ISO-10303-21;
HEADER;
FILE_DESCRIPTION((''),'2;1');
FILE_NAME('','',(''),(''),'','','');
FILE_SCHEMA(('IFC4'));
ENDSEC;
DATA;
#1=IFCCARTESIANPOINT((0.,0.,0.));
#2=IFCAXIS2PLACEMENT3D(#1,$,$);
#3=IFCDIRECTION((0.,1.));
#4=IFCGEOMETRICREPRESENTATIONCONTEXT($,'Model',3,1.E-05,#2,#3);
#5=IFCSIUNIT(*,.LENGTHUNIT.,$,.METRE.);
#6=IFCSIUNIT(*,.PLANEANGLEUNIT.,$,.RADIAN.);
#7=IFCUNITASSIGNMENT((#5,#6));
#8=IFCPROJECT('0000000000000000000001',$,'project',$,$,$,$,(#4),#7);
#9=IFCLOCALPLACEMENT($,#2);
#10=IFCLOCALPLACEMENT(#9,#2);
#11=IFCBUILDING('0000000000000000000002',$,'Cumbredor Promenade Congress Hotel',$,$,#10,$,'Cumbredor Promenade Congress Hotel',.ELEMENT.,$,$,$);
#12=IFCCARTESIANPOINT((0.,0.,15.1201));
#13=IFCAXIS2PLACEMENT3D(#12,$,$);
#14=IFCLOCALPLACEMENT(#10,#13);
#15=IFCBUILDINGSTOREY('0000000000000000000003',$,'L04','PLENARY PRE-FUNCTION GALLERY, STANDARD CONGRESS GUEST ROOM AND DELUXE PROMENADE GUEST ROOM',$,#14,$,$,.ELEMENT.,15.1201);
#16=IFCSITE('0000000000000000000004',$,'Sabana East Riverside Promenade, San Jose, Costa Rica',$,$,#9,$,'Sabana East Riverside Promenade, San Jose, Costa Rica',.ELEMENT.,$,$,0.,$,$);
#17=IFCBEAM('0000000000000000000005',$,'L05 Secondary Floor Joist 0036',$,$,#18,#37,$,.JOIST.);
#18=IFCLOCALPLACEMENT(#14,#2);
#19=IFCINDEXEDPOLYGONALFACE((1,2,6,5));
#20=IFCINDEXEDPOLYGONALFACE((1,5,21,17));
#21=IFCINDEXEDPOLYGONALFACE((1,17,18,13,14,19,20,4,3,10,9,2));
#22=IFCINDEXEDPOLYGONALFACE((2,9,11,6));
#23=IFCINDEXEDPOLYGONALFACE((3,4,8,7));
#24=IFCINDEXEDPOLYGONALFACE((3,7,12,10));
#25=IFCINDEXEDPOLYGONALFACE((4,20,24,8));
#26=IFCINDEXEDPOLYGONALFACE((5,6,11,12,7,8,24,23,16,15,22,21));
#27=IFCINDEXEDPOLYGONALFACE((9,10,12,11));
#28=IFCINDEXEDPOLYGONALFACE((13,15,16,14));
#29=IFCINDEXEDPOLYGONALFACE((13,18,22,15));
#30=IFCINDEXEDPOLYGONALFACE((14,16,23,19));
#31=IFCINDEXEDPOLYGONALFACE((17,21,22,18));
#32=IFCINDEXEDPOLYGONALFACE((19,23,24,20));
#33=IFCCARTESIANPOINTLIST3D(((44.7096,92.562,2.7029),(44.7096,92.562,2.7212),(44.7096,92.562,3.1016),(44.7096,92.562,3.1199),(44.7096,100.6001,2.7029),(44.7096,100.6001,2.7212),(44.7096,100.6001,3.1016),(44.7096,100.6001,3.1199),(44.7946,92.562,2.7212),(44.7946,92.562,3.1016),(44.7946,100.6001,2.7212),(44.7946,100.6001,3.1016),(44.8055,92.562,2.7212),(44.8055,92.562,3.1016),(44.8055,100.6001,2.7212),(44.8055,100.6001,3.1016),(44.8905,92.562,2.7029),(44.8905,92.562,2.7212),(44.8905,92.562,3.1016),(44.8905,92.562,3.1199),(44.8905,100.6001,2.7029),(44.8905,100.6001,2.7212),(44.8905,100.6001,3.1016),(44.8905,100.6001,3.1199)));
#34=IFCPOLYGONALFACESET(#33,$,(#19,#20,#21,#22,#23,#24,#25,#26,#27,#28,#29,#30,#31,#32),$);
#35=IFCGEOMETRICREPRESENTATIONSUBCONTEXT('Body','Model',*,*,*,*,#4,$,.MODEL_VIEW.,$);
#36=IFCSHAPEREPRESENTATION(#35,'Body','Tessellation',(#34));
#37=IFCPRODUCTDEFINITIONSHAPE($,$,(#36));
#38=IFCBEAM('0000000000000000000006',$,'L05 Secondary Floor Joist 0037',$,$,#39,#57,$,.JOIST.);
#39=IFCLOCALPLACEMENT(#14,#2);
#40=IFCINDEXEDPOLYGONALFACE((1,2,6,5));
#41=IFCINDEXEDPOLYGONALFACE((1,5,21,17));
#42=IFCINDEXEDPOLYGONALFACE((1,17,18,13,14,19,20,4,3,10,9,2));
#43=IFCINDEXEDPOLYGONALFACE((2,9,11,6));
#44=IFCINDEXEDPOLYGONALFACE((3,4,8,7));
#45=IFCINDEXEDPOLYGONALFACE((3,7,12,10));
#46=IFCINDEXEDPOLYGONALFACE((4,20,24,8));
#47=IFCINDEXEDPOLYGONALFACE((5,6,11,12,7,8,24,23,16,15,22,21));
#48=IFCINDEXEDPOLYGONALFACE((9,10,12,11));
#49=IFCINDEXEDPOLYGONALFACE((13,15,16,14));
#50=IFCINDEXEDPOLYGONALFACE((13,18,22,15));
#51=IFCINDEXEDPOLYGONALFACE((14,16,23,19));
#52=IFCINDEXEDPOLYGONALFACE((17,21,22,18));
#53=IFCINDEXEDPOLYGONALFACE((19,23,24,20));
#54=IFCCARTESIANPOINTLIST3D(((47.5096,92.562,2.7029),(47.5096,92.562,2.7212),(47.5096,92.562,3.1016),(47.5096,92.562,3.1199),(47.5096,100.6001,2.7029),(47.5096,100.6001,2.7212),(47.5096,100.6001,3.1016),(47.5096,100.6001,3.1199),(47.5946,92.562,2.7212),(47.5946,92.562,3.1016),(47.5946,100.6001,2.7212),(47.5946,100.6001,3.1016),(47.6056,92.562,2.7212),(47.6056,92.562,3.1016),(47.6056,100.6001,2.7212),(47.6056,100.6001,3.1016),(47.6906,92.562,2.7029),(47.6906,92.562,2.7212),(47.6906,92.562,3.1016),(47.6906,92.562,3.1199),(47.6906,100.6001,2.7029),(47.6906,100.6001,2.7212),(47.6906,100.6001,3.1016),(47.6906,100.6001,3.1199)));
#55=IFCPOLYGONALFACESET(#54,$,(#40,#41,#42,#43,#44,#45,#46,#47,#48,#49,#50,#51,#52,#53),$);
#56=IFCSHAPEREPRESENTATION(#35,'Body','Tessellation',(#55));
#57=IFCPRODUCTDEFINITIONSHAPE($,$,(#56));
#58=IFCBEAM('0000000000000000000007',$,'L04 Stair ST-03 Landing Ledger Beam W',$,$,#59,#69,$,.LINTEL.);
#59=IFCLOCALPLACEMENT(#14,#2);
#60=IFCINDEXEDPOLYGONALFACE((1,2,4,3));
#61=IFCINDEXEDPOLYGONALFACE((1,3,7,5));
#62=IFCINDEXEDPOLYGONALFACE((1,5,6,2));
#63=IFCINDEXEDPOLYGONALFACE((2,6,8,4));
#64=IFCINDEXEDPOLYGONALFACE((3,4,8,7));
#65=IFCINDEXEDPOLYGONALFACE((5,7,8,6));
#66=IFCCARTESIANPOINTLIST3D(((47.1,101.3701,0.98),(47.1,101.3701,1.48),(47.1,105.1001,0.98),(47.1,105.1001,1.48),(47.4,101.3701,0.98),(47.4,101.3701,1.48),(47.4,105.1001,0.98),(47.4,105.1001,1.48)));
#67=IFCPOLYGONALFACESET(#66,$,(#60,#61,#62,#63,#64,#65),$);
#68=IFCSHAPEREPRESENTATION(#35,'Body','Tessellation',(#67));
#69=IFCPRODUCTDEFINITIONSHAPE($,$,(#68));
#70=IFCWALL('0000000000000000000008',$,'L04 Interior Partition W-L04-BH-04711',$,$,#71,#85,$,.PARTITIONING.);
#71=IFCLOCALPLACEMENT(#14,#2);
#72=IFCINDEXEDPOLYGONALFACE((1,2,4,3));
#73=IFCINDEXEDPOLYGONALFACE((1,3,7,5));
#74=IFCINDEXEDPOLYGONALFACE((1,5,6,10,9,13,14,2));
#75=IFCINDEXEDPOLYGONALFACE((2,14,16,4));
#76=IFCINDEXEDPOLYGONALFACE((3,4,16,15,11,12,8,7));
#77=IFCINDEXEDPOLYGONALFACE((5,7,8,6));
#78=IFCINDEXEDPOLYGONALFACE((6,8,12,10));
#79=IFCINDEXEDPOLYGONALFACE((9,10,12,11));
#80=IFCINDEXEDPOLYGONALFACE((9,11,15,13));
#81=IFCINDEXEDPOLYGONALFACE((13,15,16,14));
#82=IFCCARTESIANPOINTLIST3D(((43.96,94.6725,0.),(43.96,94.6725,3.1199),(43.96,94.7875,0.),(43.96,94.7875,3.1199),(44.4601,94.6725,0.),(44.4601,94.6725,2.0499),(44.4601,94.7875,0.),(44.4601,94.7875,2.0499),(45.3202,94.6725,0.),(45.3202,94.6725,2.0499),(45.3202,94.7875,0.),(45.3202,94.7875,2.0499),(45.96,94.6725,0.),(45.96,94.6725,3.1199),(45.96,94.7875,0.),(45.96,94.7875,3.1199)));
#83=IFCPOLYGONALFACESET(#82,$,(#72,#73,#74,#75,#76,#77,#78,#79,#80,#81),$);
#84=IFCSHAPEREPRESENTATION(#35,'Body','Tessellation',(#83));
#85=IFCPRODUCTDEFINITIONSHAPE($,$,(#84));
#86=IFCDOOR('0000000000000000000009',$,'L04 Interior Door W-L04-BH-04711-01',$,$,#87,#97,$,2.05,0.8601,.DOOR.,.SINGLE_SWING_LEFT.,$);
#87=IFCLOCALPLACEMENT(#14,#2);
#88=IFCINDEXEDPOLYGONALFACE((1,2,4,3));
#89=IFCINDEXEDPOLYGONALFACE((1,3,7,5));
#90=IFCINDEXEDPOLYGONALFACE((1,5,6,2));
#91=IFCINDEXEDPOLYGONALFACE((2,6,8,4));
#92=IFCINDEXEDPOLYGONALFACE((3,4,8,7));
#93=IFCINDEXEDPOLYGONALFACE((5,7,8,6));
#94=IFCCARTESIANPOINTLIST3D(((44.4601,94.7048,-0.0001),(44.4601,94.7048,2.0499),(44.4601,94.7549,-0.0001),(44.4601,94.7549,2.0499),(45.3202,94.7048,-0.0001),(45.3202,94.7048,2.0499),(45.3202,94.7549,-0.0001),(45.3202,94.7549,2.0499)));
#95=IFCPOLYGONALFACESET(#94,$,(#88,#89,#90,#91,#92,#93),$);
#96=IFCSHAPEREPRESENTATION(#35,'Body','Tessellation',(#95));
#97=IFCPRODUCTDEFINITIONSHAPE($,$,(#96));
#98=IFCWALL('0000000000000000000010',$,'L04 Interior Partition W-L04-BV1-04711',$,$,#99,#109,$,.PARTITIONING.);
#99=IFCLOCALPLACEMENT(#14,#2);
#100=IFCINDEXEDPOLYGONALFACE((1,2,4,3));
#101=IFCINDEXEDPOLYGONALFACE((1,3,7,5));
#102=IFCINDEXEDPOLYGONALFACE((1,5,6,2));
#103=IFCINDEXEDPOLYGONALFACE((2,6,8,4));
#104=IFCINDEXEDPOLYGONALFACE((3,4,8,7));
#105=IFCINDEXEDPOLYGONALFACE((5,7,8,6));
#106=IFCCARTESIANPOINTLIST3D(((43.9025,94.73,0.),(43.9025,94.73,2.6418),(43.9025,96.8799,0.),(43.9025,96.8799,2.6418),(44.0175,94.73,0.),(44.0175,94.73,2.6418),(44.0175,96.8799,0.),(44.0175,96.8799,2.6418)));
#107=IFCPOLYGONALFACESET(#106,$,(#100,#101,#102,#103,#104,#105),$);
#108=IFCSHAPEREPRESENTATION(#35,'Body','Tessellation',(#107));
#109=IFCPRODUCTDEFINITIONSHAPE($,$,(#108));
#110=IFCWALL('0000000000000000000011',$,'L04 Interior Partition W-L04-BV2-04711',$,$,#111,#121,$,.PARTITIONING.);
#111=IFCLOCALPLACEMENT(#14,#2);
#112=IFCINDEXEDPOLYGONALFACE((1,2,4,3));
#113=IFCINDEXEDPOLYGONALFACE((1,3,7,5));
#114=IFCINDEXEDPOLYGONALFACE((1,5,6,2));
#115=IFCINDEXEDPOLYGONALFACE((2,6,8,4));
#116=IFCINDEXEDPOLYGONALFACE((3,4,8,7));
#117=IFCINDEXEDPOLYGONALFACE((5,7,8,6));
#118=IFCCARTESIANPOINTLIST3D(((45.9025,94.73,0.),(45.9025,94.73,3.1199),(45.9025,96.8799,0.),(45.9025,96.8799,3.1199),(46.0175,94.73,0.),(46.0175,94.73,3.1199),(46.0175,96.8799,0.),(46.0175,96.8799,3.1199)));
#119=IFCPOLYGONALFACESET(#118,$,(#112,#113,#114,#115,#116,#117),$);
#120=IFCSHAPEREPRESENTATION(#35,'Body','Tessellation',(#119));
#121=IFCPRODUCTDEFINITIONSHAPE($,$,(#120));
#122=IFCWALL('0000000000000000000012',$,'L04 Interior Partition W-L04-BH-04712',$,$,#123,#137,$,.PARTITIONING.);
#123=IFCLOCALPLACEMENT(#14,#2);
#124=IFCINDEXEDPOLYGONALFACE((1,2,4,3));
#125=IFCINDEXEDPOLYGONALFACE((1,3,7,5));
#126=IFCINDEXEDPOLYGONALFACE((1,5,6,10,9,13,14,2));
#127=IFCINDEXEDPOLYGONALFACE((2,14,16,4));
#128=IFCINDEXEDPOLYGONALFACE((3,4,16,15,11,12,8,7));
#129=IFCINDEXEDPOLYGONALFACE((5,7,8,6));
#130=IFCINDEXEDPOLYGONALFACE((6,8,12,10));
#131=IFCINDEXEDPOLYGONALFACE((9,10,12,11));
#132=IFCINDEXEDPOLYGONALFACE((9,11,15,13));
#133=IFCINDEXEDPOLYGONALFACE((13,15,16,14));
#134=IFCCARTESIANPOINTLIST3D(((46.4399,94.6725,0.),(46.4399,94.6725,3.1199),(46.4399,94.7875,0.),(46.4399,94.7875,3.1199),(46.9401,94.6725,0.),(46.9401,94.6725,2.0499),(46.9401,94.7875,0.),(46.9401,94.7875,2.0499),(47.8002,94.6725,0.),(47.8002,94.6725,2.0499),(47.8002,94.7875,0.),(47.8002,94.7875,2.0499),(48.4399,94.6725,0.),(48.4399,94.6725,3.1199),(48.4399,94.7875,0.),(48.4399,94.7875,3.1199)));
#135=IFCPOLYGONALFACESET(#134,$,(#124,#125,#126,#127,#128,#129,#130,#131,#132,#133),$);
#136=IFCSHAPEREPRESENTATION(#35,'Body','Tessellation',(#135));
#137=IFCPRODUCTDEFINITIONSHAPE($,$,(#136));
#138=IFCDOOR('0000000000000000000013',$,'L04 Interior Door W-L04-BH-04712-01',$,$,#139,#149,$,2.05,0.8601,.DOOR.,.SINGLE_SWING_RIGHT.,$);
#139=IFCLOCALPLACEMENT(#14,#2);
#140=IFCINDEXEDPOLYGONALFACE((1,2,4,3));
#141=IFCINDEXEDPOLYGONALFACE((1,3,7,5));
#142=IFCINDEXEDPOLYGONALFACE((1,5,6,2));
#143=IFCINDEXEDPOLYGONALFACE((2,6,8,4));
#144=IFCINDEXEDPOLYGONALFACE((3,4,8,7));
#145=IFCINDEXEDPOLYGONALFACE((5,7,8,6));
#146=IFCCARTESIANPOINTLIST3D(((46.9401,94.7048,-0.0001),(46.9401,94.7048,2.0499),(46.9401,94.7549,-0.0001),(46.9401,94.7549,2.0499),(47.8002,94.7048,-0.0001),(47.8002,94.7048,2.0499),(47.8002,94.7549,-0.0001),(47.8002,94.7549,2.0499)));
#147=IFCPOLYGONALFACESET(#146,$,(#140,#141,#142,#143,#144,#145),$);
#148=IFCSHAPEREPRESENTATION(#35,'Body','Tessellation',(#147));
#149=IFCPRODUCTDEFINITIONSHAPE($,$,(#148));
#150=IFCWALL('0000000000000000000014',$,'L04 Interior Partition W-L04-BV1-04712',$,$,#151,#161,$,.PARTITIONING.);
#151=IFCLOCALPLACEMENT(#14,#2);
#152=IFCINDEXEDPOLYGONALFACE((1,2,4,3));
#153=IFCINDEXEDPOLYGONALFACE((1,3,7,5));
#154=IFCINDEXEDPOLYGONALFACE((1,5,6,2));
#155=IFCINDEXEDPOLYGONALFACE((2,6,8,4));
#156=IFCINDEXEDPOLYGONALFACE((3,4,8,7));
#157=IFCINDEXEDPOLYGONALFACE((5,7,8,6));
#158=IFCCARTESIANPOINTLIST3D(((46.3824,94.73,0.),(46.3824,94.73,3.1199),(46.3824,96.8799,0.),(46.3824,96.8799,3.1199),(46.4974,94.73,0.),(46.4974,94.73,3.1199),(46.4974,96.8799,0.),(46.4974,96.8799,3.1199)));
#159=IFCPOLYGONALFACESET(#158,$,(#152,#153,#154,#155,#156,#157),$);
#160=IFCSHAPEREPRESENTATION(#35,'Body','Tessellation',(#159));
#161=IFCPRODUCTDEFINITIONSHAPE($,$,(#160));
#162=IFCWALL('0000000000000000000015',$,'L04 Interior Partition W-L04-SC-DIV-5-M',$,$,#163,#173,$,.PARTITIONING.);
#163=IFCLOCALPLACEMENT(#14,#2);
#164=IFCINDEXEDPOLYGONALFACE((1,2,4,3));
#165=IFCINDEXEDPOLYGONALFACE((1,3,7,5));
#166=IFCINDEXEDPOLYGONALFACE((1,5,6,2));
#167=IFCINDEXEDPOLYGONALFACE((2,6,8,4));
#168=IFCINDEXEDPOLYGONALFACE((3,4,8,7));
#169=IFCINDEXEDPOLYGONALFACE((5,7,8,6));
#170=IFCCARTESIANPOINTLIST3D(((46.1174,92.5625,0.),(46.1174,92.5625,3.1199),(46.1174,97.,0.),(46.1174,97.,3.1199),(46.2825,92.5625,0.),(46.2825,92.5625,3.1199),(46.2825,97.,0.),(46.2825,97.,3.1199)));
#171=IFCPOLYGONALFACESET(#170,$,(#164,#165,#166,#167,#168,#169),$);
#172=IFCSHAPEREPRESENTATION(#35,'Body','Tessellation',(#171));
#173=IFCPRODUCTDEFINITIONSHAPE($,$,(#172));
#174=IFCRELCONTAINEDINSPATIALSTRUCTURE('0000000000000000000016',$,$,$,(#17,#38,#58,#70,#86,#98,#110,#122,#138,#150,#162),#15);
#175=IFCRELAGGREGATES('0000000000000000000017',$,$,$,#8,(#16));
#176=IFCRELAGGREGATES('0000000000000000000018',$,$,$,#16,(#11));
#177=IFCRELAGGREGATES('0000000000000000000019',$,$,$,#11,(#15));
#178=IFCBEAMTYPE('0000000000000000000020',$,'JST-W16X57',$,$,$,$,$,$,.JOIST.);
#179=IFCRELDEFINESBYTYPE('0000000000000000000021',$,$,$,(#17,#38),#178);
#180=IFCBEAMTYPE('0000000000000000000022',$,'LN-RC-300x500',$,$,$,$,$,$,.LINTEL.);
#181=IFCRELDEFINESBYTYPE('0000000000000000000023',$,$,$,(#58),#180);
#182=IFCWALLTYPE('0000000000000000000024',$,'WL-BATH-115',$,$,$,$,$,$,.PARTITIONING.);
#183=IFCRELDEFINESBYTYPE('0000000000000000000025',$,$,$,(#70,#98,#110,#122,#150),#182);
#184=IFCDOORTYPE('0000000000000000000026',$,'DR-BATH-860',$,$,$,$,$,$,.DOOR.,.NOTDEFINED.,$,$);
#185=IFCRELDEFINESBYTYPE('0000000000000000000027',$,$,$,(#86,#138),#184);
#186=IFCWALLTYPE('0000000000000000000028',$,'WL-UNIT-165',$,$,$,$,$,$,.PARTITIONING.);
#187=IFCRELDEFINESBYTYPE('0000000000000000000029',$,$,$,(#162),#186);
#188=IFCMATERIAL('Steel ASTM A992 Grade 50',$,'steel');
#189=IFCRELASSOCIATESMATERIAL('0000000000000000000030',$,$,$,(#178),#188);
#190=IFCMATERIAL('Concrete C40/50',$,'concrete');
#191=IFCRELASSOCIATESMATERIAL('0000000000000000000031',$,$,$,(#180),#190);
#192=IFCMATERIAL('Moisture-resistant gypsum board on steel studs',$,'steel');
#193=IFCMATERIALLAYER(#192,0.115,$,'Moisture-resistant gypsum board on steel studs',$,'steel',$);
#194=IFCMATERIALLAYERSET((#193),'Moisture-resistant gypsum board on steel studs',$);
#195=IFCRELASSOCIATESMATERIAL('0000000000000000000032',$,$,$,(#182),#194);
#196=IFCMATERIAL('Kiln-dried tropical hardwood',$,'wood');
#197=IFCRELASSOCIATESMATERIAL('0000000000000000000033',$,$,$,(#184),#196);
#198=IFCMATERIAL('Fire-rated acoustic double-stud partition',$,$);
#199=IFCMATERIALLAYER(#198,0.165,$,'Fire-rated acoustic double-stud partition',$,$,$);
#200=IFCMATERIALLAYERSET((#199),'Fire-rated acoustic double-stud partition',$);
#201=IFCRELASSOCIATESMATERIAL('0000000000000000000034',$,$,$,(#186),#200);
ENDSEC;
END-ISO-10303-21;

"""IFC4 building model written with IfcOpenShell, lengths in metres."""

from ifc_helpers import new_model, si_unit, direction, frame, frame_2d, origin, origin_2d, place, context, subcontext, project, spatial, rectangle, i_section, extrude, material, layer, layer_set, material_profile, profile_set, type_object, element, fill, save


model = new_model("IFC4")

# Units and contexts
model_context = context("Model", 3, precision=1e-05, world=origin(), true_north=direction((0.0, 1.0)))
body_context = subcontext(model_context, "Body", "Model", "MODEL_VIEW")
ifc_project = project(units=[si_unit("LENGTHUNIT", "METRE"), si_unit("PLANEANGLEUNIT", "RADIAN")], contexts=[model_context])

# Site, building, storey
site_placement = place(None, origin())
site = spatial("IfcSite", under=ifc_project, at=site_placement, Name="Sabana East Riverside Promenade, San Jose, Costa Rica", LongName="Sabana East Riverside Promenade, San Jose, Costa Rica", CompositionType="ELEMENT", RefElevation=0.0)
building_placement = place(site_placement, origin())
building = spatial("IfcBuilding", under=site, at=building_placement, Name="Cumbredor Promenade Congress Hotel", LongName="Cumbredor Promenade Congress Hotel", CompositionType="ELEMENT")
storey_placement = place(building_placement, frame((0.0, 0.0, 15.1201)))
storey = spatial("IfcBuildingStorey", under=building, at=storey_placement, Name="L04", Description="PLENARY PRE-FUNCTION GALLERY, STANDARD CONGRESS GUEST ROOM AND DELUXE PROMENADE GUEST ROOM", CompositionType="ELEMENT", Elevation=15.1201)

# Beams
ifc_material_1 = material(Name="Steel ASTM A992 Grade 50", Category="steel")
ifc_material_profile_1 = material_profile(ifc_material_1, i_section(OverallWidth=0.1809, OverallDepth=0.417, WebThickness=0.011, FlangeThickness=0.0183, at=origin_2d()), Name="W16X57")
ifc_profile_set_1 = profile_set([ifc_material_profile_1], Name="Steel ASTM A992 Grade 50")
beam_type_1 = type_object("IfcBeamType", Name="JST-W16X57", PredefinedType="JOIST", material=ifc_profile_set_1)
for number, where, z_axis, x_axis, name in (
    (1, (44.8, 92.562, 2.9114), (0.0, 1.0, 0.0), (-1.0, 0.0, 0.0), "L05 Secondary Floor Joist 0036"),
    (2, (47.6001, 92.562, 2.9114), (0.0, 1.0, 0.0), (-1.0, 0.0, 0.0), "L05 Secondary Floor Joist 0037"),
):
    element("IfcBeam", number, at=place(storey_placement, frame(where, z_axis=z_axis, x_axis=x_axis)), inside=storey, type_object=beam_type_1, Name=name, PredefinedType="JOIST", context=body_context, shape_type="SweptSolid", body=[
        extrude(i_section(OverallWidth=0.1809, OverallDepth=0.417, WebThickness=0.011, FlangeThickness=0.0183, at=origin_2d()), origin(), (0.0, 0.0, 1.0), 8.0381),
    ])
ifc_material_2 = material(Name="Concrete C40/50", Category="concrete")
ifc_material_profile_2 = material_profile(ifc_material_2, rectangle(XDim=0.3, YDim=0.5, at=origin_2d()), Name="RC LINTEL 300x500")
ifc_profile_set_2 = profile_set([ifc_material_profile_2], Name="Concrete C40/50")
beam_type_2 = type_object("IfcBeamType", Name="LN-RC-300x500", PredefinedType="LINTEL", material=ifc_profile_set_2)
beam_placement = place(storey_placement, frame((47.25, 101.3701, 1.23), z_axis=(0.0, 1.0, 0.0), x_axis=(-1.0, 0.0, 0.0)))
element("IfcBeam", 3, at=beam_placement, inside=storey, type_object=beam_type_2, Name="L04 Stair ST-03 Landing Ledger Beam W", PredefinedType="LINTEL", context=body_context, shape_type="SweptSolid", body=[
    extrude(rectangle(XDim=0.3, YDim=0.5, at=origin_2d()), origin(), (0.0, 0.0, 1.0), 3.73),
])

# Wall, opening, door
ifc_material_3 = material(Name="Moisture-resistant gypsum board on steel studs", Category="steel")
ifc_layer_1 = layer(ifc_material_3, 0.115, Name="Moisture-resistant gypsum board on steel studs", Category="steel")
ifc_layer_set_1 = layer_set([ifc_layer_1], Name="Moisture-resistant gypsum board on steel studs")
wall_type_1 = type_object("IfcWallType", Name="WL-BATH-115", PredefinedType="PARTITIONING", material=ifc_layer_set_1)
wall_1_placement = place(storey_placement, frame((43.96, 94.73, 0.0), z_axis=(0.0, 0.0, 1.0), x_axis=(1.0, 0.0, 0.0)))
wall_1 = element("IfcWall", 4, at=wall_1_placement, inside=storey, type_object=wall_type_1, Name="L04 Interior Partition W-L04-BH-04711", PredefinedType="PARTITIONING", context=body_context, shape_type="SweptSolid", body=[
    extrude(rectangle(XDim=2.0, YDim=0.115, at=frame_2d((1.0, 0.0))), origin(), (0.0, 0.0, 1.0), 3.1199),
])
opening_1_placement = place(wall_1_placement, frame((0.5, 0.0, 0.0)))
opening_1 = element("IfcOpeningElement", 5, at=opening_1_placement, cuts=wall_1, PredefinedType="OPENING", context=body_context, shape_type="SweptSolid", body=[
    extrude(rectangle(XDim=0.8601, YDim=2.05, at=frame_2d((0.4302, 1.0249))), frame((0.0, 0.0674, 0.0), z_axis=(0.0, -1.0, 0.0), x_axis=(1.0, 0.0, 0.0)), (0.0, 0.0, 1.0), 0.135),
])
ifc_material_4 = material(Name="Kiln-dried tropical hardwood", Category="wood")
door_type = type_object("IfcDoorType", Name="DR-BATH-860", OperationType="NOTDEFINED", PredefinedType="DOOR", material=ifc_material_4)
door_1_placement = place(opening_1_placement, origin())
door_1 = element("IfcDoor", 6, at=door_1_placement, inside=storey, type_object=door_type, Name="L04 Interior Door W-L04-BH-04711-01", OperationType="SINGLE_SWING_LEFT", OverallHeight=2.05, OverallWidth=0.8601, PredefinedType="DOOR", context=body_context, shape_type="SweptSolid", body=[
    extrude(rectangle(XDim=0.8601, YDim=2.05, at=frame_2d((0.4302, 1.0249))), frame((0.0, 0.0249, 0.0), z_axis=(0.0, -1.0, 0.0), x_axis=(1.0, 0.0, 0.0)), (0.0, 0.0, 1.0), 0.05),
])
fill(opening_1, door_1)

# Walls
wall_2_placement = place(storey_placement, frame((43.96, 94.73, 0.0), z_axis=(0.0, 0.0, 1.0), x_axis=(0.0, 1.0, 0.0)))
element("IfcWall", 7, at=wall_2_placement, inside=storey, type_object=wall_type_1, Name="L04 Interior Partition W-L04-BV1-04711", PredefinedType="PARTITIONING", context=body_context, shape_type="SweptSolid", body=[
    extrude(rectangle(XDim=2.1499, YDim=0.115, at=frame_2d((1.075, 0.0))), origin(), (0.0, 0.0, 1.0), 2.6418),
])
wall_3_placement = place(storey_placement, frame((45.96, 94.73, 0.0), z_axis=(0.0, 0.0, 1.0), x_axis=(0.0, 1.0, 0.0)))
element("IfcWall", 8, at=wall_3_placement, inside=storey, type_object=wall_type_1, Name="L04 Interior Partition W-L04-BV2-04711", PredefinedType="PARTITIONING", context=body_context, shape_type="SweptSolid", body=[
    extrude(rectangle(XDim=2.1499, YDim=0.115, at=frame_2d((1.075, 0.0))), origin(), (0.0, 0.0, 1.0), 3.1199),
])

# Wall, opening, door
wall_4_placement = place(storey_placement, frame((46.4399, 94.73, 0.0), z_axis=(0.0, 0.0, 1.0), x_axis=(1.0, 0.0, 0.0)))
wall_4 = element("IfcWall", 9, at=wall_4_placement, inside=storey, type_object=wall_type_1, Name="L04 Interior Partition W-L04-BH-04712", PredefinedType="PARTITIONING", context=body_context, shape_type="SweptSolid", body=[
    extrude(rectangle(XDim=2.0, YDim=0.115, at=frame_2d((1.0, 0.0))), origin(), (0.0, 0.0, 1.0), 3.1199),
])
opening_2_placement = place(wall_4_placement, frame((0.5, 0.0, 0.0)))
opening_2 = element("IfcOpeningElement", 10, at=opening_2_placement, cuts=wall_4, PredefinedType="OPENING", context=body_context, shape_type="SweptSolid", body=[
    extrude(rectangle(XDim=0.8601, YDim=2.05, at=frame_2d((0.4302, 1.0249))), frame((0.0, 0.0674, 0.0), z_axis=(0.0, -1.0, 0.0), x_axis=(1.0, 0.0, 0.0)), (0.0, 0.0, 1.0), 0.135),
])
door_2_placement = place(opening_2_placement, origin())
door_2 = element("IfcDoor", 11, at=door_2_placement, inside=storey, type_object=door_type, Name="L04 Interior Door W-L04-BH-04712-01", OperationType="SINGLE_SWING_RIGHT", OverallHeight=2.05, OverallWidth=0.8601, PredefinedType="DOOR", context=body_context, shape_type="SweptSolid", body=[
    extrude(rectangle(XDim=0.8601, YDim=2.05, at=frame_2d((0.4302, 1.0249))), frame((0.0, 0.0249, 0.0), z_axis=(0.0, -1.0, 0.0), x_axis=(1.0, 0.0, 0.0)), (0.0, 0.0, 1.0), 0.05),
])
fill(opening_2, door_2)

# Walls
wall_5_placement = place(storey_placement, frame((46.4399, 94.73, 0.0), z_axis=(0.0, 0.0, 1.0), x_axis=(0.0, 1.0, 0.0)))
element("IfcWall", 12, at=wall_5_placement, inside=storey, type_object=wall_type_1, Name="L04 Interior Partition W-L04-BV1-04712", PredefinedType="PARTITIONING", context=body_context, shape_type="SweptSolid", body=[
    extrude(rectangle(XDim=2.1499, YDim=0.115, at=frame_2d((1.075, 0.0))), origin(), (0.0, 0.0, 1.0), 3.1199),
])
ifc_material_5 = material(Name="Fire-rated acoustic double-stud partition")
ifc_layer_2 = layer(ifc_material_5, 0.165, Name="Fire-rated acoustic double-stud partition")
ifc_layer_set_2 = layer_set([ifc_layer_2], Name="Fire-rated acoustic double-stud partition")
wall_type_2 = type_object("IfcWallType", Name="WL-UNIT-165", PredefinedType="PARTITIONING", material=ifc_layer_set_2)
wall_6_placement = place(storey_placement, frame((46.2, 92.5625, 0.0), z_axis=(0.0, 0.0, 1.0), x_axis=(0.0, 1.0, 0.0)))
element("IfcWall", 13, at=wall_6_placement, inside=storey, type_object=wall_type_2, Name="L04 Interior Partition W-L04-SC-DIV-5-M", PredefinedType="PARTITIONING", context=body_context, shape_type="SweptSolid", body=[
    extrude(rectangle(XDim=4.4375, YDim=0.165, at=frame_2d((2.2188, 0.0))), origin(), (0.0, 0.0, 1.0), 3.1199),
])

save(model, "model.ifc")
